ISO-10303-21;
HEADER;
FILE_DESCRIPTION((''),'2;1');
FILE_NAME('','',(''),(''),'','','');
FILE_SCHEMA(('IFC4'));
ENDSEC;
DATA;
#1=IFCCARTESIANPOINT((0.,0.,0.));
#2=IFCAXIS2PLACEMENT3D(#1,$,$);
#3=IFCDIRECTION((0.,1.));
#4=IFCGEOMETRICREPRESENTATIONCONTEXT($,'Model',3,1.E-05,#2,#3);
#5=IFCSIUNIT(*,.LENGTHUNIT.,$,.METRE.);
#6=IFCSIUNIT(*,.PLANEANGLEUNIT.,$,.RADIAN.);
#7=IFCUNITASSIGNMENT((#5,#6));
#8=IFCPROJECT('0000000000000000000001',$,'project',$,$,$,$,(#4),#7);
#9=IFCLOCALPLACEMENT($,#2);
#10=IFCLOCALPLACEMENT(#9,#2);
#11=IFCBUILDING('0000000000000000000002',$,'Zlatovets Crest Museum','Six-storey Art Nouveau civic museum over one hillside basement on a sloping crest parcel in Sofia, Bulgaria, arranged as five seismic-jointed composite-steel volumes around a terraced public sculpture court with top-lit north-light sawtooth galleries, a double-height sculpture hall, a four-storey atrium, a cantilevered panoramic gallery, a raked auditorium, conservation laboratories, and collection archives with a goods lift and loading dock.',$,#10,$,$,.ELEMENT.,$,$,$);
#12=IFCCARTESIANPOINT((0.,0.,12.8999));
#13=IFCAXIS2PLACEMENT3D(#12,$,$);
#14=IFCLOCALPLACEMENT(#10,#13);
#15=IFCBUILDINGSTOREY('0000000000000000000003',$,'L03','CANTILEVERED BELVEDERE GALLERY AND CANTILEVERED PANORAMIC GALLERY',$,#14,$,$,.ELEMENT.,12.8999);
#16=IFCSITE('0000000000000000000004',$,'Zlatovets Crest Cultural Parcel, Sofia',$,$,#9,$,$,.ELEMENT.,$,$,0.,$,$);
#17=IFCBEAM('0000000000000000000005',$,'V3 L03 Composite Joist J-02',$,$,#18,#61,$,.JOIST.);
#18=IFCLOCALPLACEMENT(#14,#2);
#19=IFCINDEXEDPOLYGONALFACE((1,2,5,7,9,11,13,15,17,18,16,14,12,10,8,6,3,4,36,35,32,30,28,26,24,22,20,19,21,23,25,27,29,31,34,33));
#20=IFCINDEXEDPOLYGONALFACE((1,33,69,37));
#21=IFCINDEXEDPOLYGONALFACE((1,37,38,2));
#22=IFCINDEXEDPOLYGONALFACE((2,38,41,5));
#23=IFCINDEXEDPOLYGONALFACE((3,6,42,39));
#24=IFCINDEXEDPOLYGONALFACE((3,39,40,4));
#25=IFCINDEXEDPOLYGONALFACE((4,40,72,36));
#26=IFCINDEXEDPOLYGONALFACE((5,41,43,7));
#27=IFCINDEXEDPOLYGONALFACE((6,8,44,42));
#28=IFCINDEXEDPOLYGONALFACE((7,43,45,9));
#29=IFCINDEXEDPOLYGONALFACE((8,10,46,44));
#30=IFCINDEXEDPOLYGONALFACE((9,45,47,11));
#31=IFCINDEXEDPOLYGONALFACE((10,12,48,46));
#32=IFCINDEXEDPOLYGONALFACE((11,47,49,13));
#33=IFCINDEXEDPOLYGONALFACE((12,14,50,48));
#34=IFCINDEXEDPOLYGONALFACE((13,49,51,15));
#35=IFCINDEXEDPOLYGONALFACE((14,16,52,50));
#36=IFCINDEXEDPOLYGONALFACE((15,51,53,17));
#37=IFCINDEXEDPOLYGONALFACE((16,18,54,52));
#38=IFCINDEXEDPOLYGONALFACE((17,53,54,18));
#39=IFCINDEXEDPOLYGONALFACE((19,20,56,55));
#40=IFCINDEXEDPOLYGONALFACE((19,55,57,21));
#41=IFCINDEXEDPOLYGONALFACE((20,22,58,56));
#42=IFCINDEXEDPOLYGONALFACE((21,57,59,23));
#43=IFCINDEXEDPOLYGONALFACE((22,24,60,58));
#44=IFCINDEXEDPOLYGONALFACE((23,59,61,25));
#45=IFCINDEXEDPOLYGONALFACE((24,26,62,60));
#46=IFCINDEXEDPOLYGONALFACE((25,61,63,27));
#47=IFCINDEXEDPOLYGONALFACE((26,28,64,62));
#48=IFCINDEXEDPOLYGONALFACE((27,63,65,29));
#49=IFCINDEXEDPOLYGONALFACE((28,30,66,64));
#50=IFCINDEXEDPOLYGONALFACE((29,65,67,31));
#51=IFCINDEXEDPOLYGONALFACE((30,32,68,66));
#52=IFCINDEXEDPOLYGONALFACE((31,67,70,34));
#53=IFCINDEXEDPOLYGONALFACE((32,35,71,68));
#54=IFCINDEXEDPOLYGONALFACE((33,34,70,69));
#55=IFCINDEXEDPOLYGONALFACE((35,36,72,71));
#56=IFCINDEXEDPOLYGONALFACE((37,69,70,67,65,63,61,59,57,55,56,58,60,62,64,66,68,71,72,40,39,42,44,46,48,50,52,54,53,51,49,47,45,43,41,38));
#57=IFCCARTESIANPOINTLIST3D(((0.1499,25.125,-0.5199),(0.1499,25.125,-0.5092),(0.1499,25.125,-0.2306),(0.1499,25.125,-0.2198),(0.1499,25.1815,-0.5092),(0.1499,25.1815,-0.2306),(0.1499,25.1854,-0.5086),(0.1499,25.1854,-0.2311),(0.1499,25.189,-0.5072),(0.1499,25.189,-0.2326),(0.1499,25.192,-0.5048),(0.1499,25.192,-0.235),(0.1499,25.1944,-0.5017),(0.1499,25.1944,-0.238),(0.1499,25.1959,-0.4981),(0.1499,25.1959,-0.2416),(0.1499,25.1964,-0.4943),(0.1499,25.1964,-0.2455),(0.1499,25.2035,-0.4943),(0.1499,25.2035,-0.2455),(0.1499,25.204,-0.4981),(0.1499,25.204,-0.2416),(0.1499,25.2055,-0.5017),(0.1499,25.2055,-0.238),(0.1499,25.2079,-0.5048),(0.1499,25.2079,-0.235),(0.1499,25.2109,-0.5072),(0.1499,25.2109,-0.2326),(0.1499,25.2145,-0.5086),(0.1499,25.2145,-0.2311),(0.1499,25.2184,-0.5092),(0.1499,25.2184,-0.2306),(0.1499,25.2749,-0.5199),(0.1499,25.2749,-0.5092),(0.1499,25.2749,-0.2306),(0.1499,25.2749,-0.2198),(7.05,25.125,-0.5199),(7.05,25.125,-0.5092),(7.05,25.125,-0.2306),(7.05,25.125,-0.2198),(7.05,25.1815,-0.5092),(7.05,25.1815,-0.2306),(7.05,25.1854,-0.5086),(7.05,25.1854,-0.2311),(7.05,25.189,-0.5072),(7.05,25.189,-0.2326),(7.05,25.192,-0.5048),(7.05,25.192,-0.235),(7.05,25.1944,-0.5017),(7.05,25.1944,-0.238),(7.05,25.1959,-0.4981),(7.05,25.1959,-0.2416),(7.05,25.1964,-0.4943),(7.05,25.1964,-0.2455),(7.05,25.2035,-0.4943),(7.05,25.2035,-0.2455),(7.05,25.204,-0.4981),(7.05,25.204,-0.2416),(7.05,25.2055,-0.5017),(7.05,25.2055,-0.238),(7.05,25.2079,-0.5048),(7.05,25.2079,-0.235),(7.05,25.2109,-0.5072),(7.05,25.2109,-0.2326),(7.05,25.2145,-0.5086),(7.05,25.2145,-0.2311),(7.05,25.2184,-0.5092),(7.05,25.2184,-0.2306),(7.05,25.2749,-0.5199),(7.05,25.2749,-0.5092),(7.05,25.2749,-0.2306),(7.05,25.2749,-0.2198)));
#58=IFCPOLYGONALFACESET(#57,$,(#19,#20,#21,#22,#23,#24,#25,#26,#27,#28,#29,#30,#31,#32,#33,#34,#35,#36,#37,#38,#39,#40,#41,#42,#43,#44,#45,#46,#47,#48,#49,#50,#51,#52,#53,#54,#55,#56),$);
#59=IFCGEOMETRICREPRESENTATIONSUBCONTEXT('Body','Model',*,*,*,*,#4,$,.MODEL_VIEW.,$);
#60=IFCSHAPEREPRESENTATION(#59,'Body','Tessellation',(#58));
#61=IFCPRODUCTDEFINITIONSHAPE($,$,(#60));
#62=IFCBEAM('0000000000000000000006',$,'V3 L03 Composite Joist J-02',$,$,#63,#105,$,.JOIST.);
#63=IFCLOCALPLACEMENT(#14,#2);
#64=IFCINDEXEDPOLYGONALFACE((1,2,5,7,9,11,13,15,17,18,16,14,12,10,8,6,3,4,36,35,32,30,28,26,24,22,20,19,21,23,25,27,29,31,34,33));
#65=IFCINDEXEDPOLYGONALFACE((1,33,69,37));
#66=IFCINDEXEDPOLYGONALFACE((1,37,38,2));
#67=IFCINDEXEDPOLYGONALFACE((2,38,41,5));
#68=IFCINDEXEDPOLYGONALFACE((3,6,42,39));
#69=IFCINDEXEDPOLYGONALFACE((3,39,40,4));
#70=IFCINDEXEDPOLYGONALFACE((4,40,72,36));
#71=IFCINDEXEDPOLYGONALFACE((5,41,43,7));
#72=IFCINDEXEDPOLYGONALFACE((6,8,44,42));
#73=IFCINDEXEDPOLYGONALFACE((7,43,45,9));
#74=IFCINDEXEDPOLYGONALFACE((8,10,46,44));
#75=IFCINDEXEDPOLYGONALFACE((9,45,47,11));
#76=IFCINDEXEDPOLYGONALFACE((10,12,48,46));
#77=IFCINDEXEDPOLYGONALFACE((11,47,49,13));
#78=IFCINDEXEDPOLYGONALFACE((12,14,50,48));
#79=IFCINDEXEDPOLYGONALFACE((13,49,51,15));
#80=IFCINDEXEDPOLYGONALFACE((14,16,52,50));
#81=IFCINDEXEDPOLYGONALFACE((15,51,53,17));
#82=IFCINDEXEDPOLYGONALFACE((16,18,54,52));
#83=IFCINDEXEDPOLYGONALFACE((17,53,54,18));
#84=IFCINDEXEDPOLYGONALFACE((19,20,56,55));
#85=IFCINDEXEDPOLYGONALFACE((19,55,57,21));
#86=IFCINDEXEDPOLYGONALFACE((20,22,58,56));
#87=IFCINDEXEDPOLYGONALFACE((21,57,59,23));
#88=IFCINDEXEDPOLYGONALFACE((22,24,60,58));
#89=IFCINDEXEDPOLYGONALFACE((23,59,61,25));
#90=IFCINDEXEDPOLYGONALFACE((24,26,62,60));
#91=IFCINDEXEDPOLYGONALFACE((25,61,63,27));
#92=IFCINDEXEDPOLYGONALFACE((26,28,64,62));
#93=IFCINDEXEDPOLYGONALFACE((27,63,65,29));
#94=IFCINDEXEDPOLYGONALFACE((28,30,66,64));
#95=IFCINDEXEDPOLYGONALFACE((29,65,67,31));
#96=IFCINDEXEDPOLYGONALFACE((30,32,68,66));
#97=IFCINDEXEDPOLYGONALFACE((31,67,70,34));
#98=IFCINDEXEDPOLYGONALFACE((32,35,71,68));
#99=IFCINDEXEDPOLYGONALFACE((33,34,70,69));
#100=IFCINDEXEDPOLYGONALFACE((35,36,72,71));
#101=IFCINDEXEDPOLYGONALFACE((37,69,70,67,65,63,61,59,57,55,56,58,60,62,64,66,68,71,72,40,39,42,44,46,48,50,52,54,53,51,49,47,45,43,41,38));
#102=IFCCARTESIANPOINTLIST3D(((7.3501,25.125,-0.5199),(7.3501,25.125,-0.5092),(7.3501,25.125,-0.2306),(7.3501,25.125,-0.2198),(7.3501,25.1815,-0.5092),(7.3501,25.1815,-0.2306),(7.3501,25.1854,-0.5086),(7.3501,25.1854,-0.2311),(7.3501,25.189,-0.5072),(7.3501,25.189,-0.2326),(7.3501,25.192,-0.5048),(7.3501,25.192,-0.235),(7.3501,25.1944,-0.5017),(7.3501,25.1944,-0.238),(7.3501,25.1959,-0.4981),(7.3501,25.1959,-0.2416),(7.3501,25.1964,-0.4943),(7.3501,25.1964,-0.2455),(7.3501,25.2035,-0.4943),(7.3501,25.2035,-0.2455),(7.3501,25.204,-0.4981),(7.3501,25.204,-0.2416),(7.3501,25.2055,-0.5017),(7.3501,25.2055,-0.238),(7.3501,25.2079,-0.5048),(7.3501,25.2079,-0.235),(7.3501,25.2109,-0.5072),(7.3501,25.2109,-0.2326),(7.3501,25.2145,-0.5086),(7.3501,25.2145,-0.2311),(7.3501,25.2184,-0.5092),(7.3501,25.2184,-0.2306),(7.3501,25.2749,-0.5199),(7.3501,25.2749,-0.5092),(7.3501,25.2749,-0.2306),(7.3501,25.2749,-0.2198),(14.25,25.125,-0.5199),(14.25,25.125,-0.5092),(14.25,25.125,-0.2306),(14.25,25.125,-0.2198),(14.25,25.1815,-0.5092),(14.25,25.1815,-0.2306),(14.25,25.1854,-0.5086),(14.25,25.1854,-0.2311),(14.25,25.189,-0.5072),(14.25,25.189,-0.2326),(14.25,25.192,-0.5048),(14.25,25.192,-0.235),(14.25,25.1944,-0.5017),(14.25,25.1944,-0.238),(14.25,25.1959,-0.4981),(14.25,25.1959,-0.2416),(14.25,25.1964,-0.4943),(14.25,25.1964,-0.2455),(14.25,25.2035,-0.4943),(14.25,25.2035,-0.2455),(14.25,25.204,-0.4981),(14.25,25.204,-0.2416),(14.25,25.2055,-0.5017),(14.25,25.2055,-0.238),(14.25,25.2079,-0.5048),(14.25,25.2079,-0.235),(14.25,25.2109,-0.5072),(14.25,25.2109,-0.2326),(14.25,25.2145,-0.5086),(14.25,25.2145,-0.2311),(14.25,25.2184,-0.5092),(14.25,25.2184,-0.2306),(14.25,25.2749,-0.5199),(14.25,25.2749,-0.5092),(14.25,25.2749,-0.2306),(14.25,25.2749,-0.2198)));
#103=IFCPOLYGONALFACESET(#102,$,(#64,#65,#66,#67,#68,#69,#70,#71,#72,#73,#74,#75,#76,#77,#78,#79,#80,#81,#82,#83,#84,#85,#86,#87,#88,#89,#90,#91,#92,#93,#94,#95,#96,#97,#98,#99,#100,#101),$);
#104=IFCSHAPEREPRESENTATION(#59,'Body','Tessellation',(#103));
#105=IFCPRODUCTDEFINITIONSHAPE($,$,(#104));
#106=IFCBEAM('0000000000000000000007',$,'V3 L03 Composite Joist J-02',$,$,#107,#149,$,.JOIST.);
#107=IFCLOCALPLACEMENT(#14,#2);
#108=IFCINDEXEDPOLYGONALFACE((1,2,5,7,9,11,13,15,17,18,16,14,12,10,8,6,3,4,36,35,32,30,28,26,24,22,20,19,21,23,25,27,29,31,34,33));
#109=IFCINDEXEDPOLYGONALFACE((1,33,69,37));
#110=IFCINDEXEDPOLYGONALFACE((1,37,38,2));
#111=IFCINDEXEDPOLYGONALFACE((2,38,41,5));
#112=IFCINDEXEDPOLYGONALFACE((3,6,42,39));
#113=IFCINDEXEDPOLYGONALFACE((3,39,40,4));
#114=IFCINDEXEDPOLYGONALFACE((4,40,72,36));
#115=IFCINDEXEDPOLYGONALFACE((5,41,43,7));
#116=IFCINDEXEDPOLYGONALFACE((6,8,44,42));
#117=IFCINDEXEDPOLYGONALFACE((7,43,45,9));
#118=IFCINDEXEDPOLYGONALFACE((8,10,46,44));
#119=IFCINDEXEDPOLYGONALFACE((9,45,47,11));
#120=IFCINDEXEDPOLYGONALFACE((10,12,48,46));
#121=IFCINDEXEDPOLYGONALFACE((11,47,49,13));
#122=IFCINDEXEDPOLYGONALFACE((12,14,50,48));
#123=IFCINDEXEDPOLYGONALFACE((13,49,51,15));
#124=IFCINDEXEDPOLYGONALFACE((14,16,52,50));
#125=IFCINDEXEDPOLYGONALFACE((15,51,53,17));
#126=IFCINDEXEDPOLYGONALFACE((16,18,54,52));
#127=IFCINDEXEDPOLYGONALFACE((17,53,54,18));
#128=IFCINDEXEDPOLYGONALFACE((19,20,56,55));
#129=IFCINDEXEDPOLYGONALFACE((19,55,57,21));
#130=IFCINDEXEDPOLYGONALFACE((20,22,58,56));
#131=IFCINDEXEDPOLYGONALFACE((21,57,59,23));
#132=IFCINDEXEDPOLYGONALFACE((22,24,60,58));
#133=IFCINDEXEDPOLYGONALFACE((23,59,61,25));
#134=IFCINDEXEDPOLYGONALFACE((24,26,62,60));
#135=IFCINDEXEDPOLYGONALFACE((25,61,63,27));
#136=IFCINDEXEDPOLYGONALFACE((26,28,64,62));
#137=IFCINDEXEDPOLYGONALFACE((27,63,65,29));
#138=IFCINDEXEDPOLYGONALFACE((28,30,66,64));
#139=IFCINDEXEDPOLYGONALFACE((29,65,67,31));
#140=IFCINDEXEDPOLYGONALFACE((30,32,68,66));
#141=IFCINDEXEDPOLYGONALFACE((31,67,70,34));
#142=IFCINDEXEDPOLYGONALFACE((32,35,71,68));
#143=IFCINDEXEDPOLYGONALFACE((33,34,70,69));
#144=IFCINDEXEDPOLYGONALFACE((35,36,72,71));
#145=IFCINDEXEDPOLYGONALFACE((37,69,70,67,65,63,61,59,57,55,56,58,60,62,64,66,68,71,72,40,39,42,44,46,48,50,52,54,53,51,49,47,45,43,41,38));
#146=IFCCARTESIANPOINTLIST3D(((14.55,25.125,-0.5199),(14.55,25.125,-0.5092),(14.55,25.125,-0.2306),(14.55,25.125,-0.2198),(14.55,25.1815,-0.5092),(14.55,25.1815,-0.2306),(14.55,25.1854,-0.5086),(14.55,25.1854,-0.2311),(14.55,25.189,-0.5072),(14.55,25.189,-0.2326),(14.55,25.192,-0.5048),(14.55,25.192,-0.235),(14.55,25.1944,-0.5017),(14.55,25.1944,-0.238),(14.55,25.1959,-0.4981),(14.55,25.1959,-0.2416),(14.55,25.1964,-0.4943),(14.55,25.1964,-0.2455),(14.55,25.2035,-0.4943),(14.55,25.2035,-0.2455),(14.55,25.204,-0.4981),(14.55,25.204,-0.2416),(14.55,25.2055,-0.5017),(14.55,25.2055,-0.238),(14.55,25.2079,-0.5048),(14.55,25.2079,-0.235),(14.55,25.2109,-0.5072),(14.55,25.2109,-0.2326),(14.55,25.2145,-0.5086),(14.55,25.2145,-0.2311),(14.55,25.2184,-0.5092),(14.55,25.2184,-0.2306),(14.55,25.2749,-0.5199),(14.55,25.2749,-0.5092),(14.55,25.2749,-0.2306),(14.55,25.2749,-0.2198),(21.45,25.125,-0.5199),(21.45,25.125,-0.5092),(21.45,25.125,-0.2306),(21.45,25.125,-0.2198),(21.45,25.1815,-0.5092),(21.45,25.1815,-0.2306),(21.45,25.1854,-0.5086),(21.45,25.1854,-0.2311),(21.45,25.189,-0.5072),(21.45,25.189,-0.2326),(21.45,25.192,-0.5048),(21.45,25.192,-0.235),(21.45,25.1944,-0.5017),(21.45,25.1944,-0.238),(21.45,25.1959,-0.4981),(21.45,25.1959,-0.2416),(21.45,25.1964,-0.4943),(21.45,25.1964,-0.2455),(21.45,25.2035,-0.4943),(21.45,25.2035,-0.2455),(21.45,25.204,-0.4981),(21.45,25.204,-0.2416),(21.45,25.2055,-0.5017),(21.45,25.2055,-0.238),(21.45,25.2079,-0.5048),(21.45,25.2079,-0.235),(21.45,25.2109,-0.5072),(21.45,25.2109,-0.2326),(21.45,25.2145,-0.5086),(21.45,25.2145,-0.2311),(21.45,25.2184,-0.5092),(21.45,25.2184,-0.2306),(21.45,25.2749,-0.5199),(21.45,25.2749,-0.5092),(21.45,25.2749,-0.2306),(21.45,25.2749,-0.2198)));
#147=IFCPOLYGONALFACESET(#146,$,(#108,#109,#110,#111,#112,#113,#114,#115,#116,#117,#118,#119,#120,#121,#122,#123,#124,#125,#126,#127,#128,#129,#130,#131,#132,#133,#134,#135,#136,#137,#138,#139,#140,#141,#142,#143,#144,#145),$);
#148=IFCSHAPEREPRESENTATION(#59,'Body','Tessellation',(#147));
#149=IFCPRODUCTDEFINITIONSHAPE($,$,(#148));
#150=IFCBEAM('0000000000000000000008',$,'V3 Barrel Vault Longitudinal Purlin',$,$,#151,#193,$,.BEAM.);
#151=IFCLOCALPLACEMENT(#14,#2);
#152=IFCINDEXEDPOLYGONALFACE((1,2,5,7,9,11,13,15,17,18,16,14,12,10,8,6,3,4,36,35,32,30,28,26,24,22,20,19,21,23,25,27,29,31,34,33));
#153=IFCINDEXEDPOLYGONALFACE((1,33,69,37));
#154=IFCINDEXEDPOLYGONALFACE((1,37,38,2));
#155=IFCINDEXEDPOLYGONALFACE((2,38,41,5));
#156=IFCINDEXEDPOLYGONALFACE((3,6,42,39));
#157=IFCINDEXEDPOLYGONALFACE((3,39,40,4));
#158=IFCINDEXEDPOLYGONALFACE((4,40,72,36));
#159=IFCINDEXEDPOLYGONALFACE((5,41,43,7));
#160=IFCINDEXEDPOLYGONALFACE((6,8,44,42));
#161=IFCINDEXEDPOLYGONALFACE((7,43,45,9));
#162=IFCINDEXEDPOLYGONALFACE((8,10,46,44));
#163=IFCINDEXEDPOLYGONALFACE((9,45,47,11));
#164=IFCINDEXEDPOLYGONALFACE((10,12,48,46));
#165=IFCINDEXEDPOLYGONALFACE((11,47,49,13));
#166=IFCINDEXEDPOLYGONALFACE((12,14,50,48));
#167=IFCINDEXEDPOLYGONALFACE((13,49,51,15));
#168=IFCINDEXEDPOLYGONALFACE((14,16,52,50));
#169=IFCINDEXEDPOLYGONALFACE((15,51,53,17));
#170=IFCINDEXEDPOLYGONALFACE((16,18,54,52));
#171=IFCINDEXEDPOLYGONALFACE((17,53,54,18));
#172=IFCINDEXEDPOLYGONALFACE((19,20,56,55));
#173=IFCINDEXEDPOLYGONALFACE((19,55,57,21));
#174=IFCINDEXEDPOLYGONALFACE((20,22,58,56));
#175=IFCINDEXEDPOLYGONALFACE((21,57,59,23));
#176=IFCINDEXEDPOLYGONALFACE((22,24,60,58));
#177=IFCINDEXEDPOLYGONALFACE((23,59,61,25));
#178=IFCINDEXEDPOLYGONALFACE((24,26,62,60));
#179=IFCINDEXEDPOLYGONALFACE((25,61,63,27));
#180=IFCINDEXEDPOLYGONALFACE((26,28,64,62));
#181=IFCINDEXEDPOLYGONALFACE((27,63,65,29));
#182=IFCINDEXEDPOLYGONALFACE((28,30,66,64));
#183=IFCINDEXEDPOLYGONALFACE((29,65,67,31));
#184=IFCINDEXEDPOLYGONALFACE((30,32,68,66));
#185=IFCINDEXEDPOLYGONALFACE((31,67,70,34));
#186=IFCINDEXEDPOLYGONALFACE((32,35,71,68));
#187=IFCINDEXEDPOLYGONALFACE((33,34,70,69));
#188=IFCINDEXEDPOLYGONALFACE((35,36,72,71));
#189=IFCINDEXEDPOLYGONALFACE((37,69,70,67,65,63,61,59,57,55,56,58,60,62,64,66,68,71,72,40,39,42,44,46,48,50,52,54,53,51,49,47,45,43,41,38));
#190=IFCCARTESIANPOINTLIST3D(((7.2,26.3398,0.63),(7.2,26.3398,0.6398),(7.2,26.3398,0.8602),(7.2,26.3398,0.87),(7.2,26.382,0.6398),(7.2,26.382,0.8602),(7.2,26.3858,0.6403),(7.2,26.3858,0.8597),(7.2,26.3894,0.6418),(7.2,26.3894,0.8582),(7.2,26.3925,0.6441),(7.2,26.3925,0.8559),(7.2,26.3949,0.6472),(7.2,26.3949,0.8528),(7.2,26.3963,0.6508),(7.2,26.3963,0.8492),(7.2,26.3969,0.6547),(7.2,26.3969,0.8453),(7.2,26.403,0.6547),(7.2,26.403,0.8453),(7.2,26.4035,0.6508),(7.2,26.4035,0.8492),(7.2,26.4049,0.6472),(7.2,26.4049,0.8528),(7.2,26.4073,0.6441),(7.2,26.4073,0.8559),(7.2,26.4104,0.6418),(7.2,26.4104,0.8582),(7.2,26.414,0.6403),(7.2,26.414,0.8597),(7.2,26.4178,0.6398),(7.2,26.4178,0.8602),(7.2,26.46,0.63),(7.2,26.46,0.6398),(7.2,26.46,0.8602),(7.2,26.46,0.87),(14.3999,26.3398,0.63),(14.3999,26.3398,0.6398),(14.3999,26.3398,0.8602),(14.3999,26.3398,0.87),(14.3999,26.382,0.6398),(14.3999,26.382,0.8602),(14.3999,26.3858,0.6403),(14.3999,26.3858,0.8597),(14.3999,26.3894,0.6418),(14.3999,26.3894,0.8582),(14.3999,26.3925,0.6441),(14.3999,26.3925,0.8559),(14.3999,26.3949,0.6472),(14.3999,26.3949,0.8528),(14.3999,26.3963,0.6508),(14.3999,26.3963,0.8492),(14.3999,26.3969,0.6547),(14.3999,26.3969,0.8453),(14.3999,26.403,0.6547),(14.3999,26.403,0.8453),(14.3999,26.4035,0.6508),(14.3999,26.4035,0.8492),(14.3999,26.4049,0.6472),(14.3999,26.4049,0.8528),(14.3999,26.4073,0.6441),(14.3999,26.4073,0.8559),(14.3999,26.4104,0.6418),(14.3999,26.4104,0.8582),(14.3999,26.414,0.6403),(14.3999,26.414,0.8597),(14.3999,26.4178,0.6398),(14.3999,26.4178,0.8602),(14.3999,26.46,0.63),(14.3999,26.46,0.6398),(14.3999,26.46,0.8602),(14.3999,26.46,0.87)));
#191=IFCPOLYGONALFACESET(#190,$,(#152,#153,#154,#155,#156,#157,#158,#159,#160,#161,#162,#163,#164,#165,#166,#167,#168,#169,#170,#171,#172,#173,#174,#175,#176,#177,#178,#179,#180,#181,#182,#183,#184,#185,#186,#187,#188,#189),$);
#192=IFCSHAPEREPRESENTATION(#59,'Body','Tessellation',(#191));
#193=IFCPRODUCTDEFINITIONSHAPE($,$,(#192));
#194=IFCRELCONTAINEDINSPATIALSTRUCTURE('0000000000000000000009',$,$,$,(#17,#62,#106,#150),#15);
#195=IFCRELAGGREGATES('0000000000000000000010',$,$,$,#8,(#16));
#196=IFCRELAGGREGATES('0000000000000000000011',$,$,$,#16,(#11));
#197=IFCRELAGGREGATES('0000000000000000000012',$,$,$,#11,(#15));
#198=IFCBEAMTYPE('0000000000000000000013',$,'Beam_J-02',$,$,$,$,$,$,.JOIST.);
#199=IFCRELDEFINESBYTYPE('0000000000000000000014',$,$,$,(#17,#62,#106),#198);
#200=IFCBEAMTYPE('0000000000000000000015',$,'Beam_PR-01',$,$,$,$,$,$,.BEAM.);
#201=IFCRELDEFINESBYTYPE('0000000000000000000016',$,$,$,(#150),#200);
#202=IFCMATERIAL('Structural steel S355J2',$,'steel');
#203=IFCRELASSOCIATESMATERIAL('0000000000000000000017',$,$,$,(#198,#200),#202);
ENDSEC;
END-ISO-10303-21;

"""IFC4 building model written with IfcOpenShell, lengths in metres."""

from ifc_helpers import new_model, si_unit, direction, frame, origin, origin_2d, place, context, subcontext, project, spatial, i_section, extrude, material, material_profile, profile_set, type_object, element, save


model = new_model("IFC4")

# Units and contexts
model_context = context("Model", 3, precision=1e-05, world=origin(), true_north=direction((0.0, 1.0)))
body_context = subcontext(model_context, "Body", "Model", "MODEL_VIEW")
ifc_project = project(units=[si_unit("LENGTHUNIT", "METRE"), si_unit("PLANEANGLEUNIT", "RADIAN")], contexts=[model_context])

# Site, building, storey
site_placement = place(None, origin())
site = spatial("IfcSite", under=ifc_project, at=site_placement, Name="Zlatovets Crest Cultural Parcel, Sofia", CompositionType="ELEMENT", RefElevation=0.0)
building_placement = place(site_placement, origin())
building = spatial("IfcBuilding", under=site, at=building_placement, Name="Zlatovets Crest Museum", Description="Six-storey Art Nouveau civic museum over one hillside basement on a sloping crest parcel in Sofia, Bulgaria, arranged as five seismic-jointed composite-steel volumes around a terraced public sculpture court with top-lit north-light sawtooth galleries, a double-height sculpture hall, a four-storey atrium, a cantilevered panoramic gallery, a raked auditorium, conservation laboratories, and collection archives with a goods lift and loading dock.", CompositionType="ELEMENT")
storey_placement = place(building_placement, frame((0.0, 0.0, 12.8999)))
storey = spatial("IfcBuildingStorey", under=building, at=storey_placement, Name="L03", Description="CANTILEVERED BELVEDERE GALLERY AND CANTILEVERED PANORAMIC GALLERY", CompositionType="ELEMENT", Elevation=12.8999)

# Shared definitions
ifc_material_1 = material(Name="Structural steel S355J2", Category="steel")

# Beams
ifc_material_profile_1 = material_profile(ifc_material_1, i_section(OverallWidth=0.1499, OverallDepth=0.3, WebThickness=0.0071, FlangeThickness=0.0107, FilletRadius=0.0149, at=origin_2d()), Name="IPE 300")
ifc_profile_set_1 = profile_set([ifc_material_profile_1], Name="Structural steel S355J2")
beam_type_1 = type_object("IfcBeamType", Name="Beam_J-02", PredefinedType="JOIST", material=ifc_profile_set_1)
beam_1_placement = place(storey_placement, frame((0.1499, 25.2, -0.3699), z_axis=(1.0, 0.0, 0.0), x_axis=(0.0, 1.0, 0.0)))
element("IfcBeam", 1, at=beam_1_placement, inside=storey, type_object=beam_type_1, Name="V3 L03 Composite Joist J-02", PredefinedType="JOIST", context=body_context, shape_type="SweptSolid", body=[
    extrude(i_section(OverallWidth=0.1499, OverallDepth=0.3, WebThickness=0.0071, FlangeThickness=0.0107, FilletRadius=0.0149, at=origin_2d()), origin(), (0.0, 0.0, 1.0), 6.9001),
])
for number, where, z_axis, x_axis, name in (
    (2, (7.3501, 25.2, -0.3699), (1.0, 0.0, 0.0), (0.0, 1.0, 0.0), "V3 L03 Composite Joist J-02"),
    (3, (14.55, 25.2, -0.3699), (1.0, 0.0, 0.0), (0.0, 1.0, 0.0), "V3 L03 Composite Joist J-02"),
):
    element("IfcBeam", number, at=place(storey_placement, frame(where, z_axis=z_axis, x_axis=x_axis)), inside=storey, type_object=beam_type_1, Name=name, PredefinedType="JOIST", context=body_context, shape_type="SweptSolid", body=[
        extrude(i_section(OverallWidth=0.1499, OverallDepth=0.3, WebThickness=0.0071, FlangeThickness=0.0107, FilletRadius=0.0149, at=origin_2d()), origin(), (0.0, 0.0, 1.0), 6.8999),
    ])
ifc_material_profile_2 = material_profile(ifc_material_1, i_section(OverallWidth=0.1201, OverallDepth=0.24, WebThickness=0.0061, FlangeThickness=0.0098, FilletRadius=0.0149, at=origin_2d()), Name="IPE 240")
ifc_profile_set_2 = profile_set([ifc_material_profile_2], Name="Structural steel S355J2")
beam_type_2 = type_object("IfcBeamType", Name="Beam_PR-01", PredefinedType="BEAM", material=ifc_profile_set_2)
beam_2_placement = place(storey_placement, frame((7.2, 26.3999, 0.75), z_axis=(1.0, 0.0, 0.0), x_axis=(0.0, 1.0, 0.0)))
element("IfcBeam", 4, at=beam_2_placement, inside=storey, type_object=beam_type_2, Name="V3 Barrel Vault Longitudinal Purlin", PredefinedType="BEAM", context=body_context, shape_type="SweptSolid", body=[
    extrude(i_section(OverallWidth=0.1201, OverallDepth=0.24, WebThickness=0.0061, FlangeThickness=0.0098, FilletRadius=0.0149, at=origin_2d()), origin(), (0.0, 0.0, 1.0), 7.2),
])

save(model, "model.ifc")
